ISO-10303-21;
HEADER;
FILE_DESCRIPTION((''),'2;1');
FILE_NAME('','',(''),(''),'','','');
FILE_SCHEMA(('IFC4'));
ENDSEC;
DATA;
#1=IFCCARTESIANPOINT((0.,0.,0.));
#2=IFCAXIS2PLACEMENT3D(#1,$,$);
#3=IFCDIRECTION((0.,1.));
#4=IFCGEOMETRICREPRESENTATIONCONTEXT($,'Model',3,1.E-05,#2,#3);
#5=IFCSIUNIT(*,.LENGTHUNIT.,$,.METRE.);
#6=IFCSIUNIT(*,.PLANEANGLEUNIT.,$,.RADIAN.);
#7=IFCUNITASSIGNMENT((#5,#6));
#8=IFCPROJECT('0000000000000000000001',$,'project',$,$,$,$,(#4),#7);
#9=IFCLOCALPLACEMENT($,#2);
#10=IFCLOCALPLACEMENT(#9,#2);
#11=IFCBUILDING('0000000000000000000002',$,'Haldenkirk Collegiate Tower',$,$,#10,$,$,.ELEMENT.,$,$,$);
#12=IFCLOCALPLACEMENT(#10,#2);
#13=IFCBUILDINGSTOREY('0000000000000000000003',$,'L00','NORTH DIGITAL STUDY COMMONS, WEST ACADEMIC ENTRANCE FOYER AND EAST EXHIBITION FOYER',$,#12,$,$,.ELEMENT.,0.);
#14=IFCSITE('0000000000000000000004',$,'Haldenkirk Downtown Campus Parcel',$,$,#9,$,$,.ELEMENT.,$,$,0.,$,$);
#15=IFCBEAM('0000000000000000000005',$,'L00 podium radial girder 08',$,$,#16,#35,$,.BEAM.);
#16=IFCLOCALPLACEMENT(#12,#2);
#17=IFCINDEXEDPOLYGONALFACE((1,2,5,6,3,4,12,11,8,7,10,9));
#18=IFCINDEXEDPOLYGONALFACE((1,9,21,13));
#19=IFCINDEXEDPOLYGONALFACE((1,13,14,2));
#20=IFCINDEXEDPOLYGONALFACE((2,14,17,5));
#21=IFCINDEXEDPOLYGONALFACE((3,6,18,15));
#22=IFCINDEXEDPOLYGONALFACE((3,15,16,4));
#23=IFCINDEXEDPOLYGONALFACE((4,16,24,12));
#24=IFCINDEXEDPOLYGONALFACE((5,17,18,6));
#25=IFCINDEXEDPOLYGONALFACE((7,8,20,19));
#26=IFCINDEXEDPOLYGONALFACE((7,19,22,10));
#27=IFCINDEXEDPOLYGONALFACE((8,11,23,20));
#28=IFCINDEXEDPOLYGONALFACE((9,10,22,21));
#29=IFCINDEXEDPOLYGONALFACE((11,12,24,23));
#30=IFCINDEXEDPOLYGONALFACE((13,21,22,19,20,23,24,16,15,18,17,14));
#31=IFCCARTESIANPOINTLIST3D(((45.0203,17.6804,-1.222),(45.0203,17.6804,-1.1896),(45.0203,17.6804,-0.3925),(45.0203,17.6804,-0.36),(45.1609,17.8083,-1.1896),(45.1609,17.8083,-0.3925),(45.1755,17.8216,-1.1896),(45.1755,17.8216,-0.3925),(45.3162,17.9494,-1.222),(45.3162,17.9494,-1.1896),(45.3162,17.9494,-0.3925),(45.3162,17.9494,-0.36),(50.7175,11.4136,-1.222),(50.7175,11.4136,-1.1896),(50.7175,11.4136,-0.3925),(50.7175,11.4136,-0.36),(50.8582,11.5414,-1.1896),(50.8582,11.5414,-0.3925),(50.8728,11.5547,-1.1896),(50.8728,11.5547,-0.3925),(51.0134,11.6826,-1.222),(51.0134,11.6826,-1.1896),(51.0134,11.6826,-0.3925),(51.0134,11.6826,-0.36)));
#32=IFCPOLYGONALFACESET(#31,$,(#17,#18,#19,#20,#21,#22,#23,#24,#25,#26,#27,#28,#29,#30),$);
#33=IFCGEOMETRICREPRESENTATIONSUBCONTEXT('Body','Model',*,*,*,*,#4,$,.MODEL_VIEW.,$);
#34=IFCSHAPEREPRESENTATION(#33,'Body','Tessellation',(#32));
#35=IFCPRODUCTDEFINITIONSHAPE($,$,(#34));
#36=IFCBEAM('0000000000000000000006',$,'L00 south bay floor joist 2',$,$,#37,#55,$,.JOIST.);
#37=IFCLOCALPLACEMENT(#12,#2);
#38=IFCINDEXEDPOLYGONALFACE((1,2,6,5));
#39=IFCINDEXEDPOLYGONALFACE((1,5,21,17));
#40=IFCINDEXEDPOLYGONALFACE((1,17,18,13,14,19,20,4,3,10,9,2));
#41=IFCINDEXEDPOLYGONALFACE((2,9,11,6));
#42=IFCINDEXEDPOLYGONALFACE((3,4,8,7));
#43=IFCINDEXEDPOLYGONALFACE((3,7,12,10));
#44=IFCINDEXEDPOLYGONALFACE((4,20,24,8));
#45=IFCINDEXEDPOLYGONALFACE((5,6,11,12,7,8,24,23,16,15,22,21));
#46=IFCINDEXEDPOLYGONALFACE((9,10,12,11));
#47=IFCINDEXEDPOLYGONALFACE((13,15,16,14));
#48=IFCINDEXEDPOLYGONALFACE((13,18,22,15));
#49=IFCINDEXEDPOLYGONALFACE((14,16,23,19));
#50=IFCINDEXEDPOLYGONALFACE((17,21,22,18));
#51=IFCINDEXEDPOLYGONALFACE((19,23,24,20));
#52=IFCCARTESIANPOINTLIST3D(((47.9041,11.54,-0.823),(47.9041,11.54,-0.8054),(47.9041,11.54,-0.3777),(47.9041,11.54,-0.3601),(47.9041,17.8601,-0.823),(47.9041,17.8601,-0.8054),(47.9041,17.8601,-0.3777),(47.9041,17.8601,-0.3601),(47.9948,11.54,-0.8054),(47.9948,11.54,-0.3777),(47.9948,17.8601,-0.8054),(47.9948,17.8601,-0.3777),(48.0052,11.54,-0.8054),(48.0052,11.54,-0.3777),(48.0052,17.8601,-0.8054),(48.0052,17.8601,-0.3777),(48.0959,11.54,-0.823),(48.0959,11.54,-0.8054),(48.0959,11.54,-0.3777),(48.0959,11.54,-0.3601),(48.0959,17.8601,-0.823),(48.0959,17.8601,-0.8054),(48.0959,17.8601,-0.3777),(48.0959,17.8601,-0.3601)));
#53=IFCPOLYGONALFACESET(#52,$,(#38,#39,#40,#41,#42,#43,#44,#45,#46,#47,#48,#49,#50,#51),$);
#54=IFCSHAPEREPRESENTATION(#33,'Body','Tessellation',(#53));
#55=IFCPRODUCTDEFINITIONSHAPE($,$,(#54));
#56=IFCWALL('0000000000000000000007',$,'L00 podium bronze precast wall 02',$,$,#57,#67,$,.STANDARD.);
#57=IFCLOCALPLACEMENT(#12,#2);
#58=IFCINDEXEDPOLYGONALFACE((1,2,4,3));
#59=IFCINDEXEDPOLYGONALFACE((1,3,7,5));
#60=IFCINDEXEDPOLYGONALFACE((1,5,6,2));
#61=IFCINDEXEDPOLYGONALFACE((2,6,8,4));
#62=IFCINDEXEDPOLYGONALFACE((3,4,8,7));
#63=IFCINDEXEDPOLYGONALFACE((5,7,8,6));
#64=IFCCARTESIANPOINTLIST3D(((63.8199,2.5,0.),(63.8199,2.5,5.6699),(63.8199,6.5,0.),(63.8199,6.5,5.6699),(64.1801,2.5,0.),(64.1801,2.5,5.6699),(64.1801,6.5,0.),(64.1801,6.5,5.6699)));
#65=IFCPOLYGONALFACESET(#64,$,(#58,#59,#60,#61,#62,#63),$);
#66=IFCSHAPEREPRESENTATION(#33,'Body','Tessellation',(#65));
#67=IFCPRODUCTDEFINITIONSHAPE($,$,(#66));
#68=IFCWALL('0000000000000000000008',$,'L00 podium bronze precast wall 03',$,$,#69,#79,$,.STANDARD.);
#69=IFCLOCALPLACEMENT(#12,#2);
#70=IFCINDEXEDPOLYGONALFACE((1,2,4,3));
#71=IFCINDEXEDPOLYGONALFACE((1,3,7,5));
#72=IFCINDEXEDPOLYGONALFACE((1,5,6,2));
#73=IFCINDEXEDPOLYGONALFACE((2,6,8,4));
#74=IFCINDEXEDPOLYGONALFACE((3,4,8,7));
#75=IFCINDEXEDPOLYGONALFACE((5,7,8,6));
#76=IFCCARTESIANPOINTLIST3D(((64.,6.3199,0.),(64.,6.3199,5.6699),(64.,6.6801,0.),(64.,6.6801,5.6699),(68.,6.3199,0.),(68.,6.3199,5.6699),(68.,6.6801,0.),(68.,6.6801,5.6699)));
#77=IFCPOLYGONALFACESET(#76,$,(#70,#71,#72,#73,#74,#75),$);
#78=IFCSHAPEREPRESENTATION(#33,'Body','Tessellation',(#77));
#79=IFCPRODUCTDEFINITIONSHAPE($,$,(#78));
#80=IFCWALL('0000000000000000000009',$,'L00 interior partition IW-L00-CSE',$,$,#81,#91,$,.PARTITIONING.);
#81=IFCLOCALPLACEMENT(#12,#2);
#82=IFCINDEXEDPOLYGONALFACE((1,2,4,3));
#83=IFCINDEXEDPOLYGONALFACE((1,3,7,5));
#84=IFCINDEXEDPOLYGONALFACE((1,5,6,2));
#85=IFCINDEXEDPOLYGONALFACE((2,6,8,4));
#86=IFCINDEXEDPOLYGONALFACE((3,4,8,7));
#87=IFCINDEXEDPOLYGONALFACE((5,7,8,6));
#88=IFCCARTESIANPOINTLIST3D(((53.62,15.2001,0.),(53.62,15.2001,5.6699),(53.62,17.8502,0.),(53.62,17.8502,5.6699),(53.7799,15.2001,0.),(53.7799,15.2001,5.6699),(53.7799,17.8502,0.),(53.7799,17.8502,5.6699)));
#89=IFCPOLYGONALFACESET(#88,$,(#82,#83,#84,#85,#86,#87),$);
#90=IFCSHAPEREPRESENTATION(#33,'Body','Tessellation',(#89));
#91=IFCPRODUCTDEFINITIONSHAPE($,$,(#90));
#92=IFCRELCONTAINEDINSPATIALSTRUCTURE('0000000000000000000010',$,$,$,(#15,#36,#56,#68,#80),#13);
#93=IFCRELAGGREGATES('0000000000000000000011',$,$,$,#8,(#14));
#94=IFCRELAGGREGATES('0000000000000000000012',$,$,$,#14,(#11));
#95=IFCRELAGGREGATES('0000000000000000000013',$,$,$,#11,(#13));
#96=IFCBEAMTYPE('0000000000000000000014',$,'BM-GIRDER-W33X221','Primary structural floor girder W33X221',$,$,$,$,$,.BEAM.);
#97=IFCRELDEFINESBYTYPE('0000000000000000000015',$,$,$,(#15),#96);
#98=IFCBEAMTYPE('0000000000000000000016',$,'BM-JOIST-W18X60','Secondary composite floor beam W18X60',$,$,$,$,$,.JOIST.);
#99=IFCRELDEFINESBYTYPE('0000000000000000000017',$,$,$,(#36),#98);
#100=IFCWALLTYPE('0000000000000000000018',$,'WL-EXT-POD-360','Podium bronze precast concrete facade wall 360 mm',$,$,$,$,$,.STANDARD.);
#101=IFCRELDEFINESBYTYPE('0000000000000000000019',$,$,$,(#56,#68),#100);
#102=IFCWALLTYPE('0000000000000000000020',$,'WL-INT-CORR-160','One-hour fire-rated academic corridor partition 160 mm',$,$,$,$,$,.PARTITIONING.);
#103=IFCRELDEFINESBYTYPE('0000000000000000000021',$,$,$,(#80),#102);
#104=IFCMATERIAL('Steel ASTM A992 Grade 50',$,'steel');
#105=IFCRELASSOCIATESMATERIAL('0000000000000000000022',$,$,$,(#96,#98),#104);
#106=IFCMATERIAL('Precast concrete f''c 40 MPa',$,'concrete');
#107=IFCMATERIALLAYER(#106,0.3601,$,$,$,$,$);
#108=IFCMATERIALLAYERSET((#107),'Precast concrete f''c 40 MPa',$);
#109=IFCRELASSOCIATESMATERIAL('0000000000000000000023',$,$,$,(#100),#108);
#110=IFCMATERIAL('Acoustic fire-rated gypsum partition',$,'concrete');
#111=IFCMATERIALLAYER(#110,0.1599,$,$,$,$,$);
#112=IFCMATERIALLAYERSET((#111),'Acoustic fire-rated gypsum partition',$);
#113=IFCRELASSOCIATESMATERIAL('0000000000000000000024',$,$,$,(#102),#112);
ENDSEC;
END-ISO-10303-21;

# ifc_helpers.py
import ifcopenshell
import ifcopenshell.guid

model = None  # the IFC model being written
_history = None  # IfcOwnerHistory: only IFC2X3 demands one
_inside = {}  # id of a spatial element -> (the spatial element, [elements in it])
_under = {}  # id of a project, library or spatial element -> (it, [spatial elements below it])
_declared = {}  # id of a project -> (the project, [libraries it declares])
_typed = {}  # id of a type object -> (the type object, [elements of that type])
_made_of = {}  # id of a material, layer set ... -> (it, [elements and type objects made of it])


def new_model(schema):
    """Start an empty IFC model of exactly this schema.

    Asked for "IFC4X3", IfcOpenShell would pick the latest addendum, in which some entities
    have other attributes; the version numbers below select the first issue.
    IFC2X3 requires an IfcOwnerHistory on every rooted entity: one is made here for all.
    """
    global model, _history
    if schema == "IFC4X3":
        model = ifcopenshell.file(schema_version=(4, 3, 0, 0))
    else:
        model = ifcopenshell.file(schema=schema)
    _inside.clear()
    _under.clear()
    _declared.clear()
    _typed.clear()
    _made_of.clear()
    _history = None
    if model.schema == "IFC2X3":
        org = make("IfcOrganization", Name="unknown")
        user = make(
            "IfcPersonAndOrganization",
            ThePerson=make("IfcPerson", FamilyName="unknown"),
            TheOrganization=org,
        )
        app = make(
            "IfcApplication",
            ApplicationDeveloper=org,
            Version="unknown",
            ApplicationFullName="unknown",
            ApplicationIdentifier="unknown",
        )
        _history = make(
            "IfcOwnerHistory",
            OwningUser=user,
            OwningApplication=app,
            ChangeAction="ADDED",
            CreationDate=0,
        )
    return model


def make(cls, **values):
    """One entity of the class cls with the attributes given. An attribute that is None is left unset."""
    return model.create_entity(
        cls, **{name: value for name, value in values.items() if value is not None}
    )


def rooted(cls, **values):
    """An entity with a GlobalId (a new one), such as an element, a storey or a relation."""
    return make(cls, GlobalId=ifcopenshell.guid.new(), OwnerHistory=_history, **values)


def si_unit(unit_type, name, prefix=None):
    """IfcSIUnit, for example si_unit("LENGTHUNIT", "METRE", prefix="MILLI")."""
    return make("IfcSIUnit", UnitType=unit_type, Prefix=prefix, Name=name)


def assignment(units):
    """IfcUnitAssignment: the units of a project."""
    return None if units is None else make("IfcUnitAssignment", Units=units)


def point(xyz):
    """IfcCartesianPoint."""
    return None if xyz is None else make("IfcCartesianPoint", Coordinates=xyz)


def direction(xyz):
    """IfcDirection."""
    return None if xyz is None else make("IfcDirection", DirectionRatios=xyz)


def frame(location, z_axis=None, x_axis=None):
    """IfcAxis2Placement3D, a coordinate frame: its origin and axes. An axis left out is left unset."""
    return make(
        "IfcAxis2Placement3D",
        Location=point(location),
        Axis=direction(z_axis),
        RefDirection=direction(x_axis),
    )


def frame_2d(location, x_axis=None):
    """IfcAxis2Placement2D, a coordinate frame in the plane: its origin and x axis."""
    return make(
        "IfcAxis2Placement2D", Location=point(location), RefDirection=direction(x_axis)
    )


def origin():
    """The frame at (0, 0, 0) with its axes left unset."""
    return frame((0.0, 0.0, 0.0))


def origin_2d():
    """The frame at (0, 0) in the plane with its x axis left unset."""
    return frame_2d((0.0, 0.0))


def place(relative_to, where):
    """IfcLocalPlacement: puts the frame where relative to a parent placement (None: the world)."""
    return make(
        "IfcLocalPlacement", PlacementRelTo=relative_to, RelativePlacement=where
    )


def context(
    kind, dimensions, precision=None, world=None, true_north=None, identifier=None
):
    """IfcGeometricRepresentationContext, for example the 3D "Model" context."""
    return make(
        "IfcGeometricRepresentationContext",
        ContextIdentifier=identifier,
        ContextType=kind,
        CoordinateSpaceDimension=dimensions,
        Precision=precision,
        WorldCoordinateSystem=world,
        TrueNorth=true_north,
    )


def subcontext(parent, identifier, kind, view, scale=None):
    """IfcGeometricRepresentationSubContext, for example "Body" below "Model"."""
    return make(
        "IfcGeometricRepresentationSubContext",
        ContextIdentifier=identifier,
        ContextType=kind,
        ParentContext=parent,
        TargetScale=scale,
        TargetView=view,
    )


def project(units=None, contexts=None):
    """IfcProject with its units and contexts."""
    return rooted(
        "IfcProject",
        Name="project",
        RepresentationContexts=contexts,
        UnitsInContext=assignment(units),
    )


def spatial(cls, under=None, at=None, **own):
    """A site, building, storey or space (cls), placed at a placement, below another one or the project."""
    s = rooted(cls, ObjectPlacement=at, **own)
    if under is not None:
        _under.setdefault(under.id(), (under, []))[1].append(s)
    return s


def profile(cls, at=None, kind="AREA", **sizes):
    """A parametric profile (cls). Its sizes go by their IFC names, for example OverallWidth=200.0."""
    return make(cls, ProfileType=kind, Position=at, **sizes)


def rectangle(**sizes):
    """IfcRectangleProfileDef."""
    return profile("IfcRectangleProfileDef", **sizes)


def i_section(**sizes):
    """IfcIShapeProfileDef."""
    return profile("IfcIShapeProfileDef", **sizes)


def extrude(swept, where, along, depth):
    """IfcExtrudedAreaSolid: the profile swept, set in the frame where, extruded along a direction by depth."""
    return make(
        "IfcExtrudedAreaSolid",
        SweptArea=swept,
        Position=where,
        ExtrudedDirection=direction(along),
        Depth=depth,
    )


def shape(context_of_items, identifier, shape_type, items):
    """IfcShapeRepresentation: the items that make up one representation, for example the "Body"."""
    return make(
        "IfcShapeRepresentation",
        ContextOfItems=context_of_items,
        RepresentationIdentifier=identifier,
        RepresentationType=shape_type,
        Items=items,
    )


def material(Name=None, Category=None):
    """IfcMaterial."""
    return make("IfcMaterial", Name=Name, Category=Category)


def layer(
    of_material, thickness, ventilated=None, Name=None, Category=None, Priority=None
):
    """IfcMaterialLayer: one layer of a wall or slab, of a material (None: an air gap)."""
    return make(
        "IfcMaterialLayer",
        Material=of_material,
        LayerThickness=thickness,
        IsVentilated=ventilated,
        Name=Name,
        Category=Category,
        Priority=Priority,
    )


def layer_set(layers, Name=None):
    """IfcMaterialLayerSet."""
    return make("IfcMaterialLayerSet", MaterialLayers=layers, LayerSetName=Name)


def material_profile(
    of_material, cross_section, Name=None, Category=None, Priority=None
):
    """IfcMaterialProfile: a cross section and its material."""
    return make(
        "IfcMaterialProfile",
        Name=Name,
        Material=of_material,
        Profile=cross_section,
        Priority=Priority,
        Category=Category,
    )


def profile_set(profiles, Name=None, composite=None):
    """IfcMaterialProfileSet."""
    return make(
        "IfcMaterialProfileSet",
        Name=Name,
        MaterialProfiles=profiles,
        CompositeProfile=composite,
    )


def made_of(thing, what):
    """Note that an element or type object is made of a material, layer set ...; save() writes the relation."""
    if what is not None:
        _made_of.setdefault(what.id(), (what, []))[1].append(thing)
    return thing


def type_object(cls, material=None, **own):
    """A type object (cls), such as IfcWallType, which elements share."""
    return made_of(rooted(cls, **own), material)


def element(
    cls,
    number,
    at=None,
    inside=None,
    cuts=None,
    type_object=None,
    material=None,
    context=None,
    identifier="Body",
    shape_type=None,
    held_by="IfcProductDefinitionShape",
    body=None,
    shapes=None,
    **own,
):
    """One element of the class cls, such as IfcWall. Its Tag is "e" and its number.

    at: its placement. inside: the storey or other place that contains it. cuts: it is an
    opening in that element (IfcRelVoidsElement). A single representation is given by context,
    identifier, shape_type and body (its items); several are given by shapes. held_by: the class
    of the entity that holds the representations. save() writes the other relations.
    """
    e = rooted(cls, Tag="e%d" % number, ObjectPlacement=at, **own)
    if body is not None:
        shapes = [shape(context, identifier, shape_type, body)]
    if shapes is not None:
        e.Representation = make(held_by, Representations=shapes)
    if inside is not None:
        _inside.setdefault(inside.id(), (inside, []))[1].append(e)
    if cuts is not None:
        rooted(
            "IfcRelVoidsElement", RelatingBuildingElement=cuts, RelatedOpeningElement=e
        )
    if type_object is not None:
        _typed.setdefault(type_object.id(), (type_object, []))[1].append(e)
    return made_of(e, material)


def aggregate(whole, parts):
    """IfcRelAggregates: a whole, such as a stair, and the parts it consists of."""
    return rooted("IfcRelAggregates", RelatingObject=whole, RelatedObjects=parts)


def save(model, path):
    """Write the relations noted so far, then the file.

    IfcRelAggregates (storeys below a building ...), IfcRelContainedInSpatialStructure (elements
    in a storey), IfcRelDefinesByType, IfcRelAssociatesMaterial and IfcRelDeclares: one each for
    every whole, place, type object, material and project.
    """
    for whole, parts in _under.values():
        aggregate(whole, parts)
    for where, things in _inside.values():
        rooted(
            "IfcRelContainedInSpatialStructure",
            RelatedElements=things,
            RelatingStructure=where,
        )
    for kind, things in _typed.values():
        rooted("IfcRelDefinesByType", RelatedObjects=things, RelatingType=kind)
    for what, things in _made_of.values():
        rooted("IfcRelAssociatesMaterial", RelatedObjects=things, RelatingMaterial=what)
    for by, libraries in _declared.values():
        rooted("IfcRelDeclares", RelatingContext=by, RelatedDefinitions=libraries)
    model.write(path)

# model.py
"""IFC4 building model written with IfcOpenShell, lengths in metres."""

from ifc_helpers import new_model, si_unit, direction, frame, frame_2d, origin, origin_2d, place, context, subcontext, project, spatial, rectangle, i_section, extrude, material, layer, layer_set, material_profile, profile_set, type_object, element, save


model = new_model("IFC4")

# Units and contexts
model_context = context("Model", 3, precision=1e-05, world=origin(), true_north=direction((0.0, 1.0)))
body_context = subcontext(model_context, "Body", "Model", "MODEL_VIEW")
ifc_project = project(units=[si_unit("LENGTHUNIT", "METRE"), si_unit("PLANEANGLEUNIT", "RADIAN")], contexts=[model_context])

# Site, building, storey
site_placement = place(None, origin())
site = spatial("IfcSite", under=ifc_project, at=site_placement, Name="Haldenkirk Downtown Campus Parcel", CompositionType="ELEMENT", RefElevation=0.0)
building_placement = place(site_placement, origin())
building = spatial("IfcBuilding", under=site, at=building_placement, Name="Haldenkirk Collegiate Tower", CompositionType="ELEMENT")
storey_placement = place(building_placement, origin())
storey = spatial("IfcBuildingStorey", under=building, at=storey_placement, Name="L00", Description="NORTH DIGITAL STUDY COMMONS, WEST ACADEMIC ENTRANCE FOYER AND EAST EXHIBITION FOYER", CompositionType="ELEMENT", Elevation=0.0)

# Beams
ifc_material_1 = material(Name="Steel ASTM A992 Grade 50", Category="steel")
ifc_material_profile_1 = material_profile(ifc_material_1, i_section(OverallWidth=0.3999, OverallDepth=0.8621, WebThickness=0.0198, FlangeThickness=0.0325, at=origin_2d()), Name="W33X221")
ifc_profile_set_1 = profile_set([ifc_material_profile_1], Name="Steel ASTM A992 Grade 50")
beam_type_1 = type_object("IfcBeamType", Name="BM-GIRDER-W33X221", Description="Primary structural floor girder W33X221", PredefinedType="BEAM", material=ifc_profile_set_1)
beam_1_placement = place(storey_placement, frame((50.8655, 11.5481, -0.791), z_axis=(-0.672681, 0.739932, 0.0), x_axis=(-0.739932, -0.672681, 0.0)))
element("IfcBeam", 1, at=beam_1_placement, inside=storey, type_object=beam_type_1, Name="L00 podium radial girder 08", PredefinedType="BEAM", context=body_context, shape_type="SweptSolid", body=[
    extrude(i_section(OverallWidth=0.3999, OverallDepth=0.8621, WebThickness=0.0198, FlangeThickness=0.0325, at=origin_2d()), origin(), (0.0, 0.0, 1.0), 8.4695),
])
ifc_material_profile_2 = material_profile(ifc_material_1, i_section(OverallWidth=0.1919, OverallDepth=0.4629, WebThickness=0.0105, FlangeThickness=0.0176, at=origin_2d()), Name="W18X60")
ifc_profile_set_2 = profile_set([ifc_material_profile_2], Name="Steel ASTM A992 Grade 50")
beam_type_2 = type_object("IfcBeamType", Name="BM-JOIST-W18X60", Description="Secondary composite floor beam W18X60", PredefinedType="JOIST", material=ifc_profile_set_2)
beam_2_placement = place(storey_placement, frame((48.0, 11.54, -0.5916), z_axis=(0.0, 1.0, 0.0), x_axis=(-1.0, 0.0, 0.0)))
element("IfcBeam", 2, at=beam_2_placement, inside=storey, type_object=beam_type_2, Name="L00 south bay floor joist 2", PredefinedType="JOIST", context=body_context, shape_type="SweptSolid", body=[
    extrude(i_section(OverallWidth=0.1919, OverallDepth=0.4629, WebThickness=0.0105, FlangeThickness=0.0176, at=origin_2d()), origin(), (0.0, 0.0, 1.0), 6.3201),
])

# Shared definitions
ifc_material_2 = material(Name="Precast concrete f'c 40 MPa", Category="concrete")
ifc_layer_1 = layer(ifc_material_2, 0.3601)
ifc_layer_set_1 = layer_set([ifc_layer_1], Name="Precast concrete f'c 40 MPa")
wall_type_1 = type_object("IfcWallType", Name="WL-EXT-POD-360", Description="Podium bronze precast concrete facade wall 360 mm", PredefinedType="STANDARD", material=ifc_layer_set_1)

# Walls
for number, where, z_axis, x_axis, name in (
    (3, (64.0, 6.5, 0.0), (0.0, 0.0, 1.0), (0.0, -1.0, 0.0), "L00 podium bronze precast wall 02"),
    (4, (68.0, 6.5, 0.0), (0.0, 0.0, 1.0), (-1.0, 0.0, 0.0), "L00 podium bronze precast wall 03"),
):
    element("IfcWall", number, at=place(storey_placement, frame(where, z_axis=z_axis, x_axis=x_axis)), inside=storey, type_object=wall_type_1, Name=name, PredefinedType="STANDARD", context=body_context, shape_type="SweptSolid", body=[
        extrude(rectangle(XDim=4.0, YDim=0.3601, at=frame_2d((2.0, 0.0))), origin(), (0.0, 0.0, 1.0), 5.6699),
    ])
ifc_material_3 = material(Name="Acoustic fire-rated gypsum partition", Category="concrete")
ifc_layer_2 = layer(ifc_material_3, 0.1599)
ifc_layer_set_2 = layer_set([ifc_layer_2], Name="Acoustic fire-rated gypsum partition")
wall_type_2 = type_object("IfcWallType", Name="WL-INT-CORR-160", Description="One-hour fire-rated academic corridor partition 160 mm", PredefinedType="PARTITIONING", material=ifc_layer_set_2)
wall_1_placement = place(storey_placement, frame((53.7, 15.2, 0.0), z_axis=(0.0, 0.0, 1.0), x_axis=(0.0, 1.0, 0.0)))
element("IfcWall", 5, at=wall_1_placement, inside=storey, type_object=wall_type_2, Name="L00 interior partition IW-L00-CSE", PredefinedType="PARTITIONING", context=body_context, shape_type="SweptSolid", body=[
    extrude(rectangle(XDim=2.6501, YDim=0.1599, at=frame_2d((1.3252, 0.0))), origin(), (0.0, 0.0, 1.0), 5.6699),
])

save(model, "model.ifc")
